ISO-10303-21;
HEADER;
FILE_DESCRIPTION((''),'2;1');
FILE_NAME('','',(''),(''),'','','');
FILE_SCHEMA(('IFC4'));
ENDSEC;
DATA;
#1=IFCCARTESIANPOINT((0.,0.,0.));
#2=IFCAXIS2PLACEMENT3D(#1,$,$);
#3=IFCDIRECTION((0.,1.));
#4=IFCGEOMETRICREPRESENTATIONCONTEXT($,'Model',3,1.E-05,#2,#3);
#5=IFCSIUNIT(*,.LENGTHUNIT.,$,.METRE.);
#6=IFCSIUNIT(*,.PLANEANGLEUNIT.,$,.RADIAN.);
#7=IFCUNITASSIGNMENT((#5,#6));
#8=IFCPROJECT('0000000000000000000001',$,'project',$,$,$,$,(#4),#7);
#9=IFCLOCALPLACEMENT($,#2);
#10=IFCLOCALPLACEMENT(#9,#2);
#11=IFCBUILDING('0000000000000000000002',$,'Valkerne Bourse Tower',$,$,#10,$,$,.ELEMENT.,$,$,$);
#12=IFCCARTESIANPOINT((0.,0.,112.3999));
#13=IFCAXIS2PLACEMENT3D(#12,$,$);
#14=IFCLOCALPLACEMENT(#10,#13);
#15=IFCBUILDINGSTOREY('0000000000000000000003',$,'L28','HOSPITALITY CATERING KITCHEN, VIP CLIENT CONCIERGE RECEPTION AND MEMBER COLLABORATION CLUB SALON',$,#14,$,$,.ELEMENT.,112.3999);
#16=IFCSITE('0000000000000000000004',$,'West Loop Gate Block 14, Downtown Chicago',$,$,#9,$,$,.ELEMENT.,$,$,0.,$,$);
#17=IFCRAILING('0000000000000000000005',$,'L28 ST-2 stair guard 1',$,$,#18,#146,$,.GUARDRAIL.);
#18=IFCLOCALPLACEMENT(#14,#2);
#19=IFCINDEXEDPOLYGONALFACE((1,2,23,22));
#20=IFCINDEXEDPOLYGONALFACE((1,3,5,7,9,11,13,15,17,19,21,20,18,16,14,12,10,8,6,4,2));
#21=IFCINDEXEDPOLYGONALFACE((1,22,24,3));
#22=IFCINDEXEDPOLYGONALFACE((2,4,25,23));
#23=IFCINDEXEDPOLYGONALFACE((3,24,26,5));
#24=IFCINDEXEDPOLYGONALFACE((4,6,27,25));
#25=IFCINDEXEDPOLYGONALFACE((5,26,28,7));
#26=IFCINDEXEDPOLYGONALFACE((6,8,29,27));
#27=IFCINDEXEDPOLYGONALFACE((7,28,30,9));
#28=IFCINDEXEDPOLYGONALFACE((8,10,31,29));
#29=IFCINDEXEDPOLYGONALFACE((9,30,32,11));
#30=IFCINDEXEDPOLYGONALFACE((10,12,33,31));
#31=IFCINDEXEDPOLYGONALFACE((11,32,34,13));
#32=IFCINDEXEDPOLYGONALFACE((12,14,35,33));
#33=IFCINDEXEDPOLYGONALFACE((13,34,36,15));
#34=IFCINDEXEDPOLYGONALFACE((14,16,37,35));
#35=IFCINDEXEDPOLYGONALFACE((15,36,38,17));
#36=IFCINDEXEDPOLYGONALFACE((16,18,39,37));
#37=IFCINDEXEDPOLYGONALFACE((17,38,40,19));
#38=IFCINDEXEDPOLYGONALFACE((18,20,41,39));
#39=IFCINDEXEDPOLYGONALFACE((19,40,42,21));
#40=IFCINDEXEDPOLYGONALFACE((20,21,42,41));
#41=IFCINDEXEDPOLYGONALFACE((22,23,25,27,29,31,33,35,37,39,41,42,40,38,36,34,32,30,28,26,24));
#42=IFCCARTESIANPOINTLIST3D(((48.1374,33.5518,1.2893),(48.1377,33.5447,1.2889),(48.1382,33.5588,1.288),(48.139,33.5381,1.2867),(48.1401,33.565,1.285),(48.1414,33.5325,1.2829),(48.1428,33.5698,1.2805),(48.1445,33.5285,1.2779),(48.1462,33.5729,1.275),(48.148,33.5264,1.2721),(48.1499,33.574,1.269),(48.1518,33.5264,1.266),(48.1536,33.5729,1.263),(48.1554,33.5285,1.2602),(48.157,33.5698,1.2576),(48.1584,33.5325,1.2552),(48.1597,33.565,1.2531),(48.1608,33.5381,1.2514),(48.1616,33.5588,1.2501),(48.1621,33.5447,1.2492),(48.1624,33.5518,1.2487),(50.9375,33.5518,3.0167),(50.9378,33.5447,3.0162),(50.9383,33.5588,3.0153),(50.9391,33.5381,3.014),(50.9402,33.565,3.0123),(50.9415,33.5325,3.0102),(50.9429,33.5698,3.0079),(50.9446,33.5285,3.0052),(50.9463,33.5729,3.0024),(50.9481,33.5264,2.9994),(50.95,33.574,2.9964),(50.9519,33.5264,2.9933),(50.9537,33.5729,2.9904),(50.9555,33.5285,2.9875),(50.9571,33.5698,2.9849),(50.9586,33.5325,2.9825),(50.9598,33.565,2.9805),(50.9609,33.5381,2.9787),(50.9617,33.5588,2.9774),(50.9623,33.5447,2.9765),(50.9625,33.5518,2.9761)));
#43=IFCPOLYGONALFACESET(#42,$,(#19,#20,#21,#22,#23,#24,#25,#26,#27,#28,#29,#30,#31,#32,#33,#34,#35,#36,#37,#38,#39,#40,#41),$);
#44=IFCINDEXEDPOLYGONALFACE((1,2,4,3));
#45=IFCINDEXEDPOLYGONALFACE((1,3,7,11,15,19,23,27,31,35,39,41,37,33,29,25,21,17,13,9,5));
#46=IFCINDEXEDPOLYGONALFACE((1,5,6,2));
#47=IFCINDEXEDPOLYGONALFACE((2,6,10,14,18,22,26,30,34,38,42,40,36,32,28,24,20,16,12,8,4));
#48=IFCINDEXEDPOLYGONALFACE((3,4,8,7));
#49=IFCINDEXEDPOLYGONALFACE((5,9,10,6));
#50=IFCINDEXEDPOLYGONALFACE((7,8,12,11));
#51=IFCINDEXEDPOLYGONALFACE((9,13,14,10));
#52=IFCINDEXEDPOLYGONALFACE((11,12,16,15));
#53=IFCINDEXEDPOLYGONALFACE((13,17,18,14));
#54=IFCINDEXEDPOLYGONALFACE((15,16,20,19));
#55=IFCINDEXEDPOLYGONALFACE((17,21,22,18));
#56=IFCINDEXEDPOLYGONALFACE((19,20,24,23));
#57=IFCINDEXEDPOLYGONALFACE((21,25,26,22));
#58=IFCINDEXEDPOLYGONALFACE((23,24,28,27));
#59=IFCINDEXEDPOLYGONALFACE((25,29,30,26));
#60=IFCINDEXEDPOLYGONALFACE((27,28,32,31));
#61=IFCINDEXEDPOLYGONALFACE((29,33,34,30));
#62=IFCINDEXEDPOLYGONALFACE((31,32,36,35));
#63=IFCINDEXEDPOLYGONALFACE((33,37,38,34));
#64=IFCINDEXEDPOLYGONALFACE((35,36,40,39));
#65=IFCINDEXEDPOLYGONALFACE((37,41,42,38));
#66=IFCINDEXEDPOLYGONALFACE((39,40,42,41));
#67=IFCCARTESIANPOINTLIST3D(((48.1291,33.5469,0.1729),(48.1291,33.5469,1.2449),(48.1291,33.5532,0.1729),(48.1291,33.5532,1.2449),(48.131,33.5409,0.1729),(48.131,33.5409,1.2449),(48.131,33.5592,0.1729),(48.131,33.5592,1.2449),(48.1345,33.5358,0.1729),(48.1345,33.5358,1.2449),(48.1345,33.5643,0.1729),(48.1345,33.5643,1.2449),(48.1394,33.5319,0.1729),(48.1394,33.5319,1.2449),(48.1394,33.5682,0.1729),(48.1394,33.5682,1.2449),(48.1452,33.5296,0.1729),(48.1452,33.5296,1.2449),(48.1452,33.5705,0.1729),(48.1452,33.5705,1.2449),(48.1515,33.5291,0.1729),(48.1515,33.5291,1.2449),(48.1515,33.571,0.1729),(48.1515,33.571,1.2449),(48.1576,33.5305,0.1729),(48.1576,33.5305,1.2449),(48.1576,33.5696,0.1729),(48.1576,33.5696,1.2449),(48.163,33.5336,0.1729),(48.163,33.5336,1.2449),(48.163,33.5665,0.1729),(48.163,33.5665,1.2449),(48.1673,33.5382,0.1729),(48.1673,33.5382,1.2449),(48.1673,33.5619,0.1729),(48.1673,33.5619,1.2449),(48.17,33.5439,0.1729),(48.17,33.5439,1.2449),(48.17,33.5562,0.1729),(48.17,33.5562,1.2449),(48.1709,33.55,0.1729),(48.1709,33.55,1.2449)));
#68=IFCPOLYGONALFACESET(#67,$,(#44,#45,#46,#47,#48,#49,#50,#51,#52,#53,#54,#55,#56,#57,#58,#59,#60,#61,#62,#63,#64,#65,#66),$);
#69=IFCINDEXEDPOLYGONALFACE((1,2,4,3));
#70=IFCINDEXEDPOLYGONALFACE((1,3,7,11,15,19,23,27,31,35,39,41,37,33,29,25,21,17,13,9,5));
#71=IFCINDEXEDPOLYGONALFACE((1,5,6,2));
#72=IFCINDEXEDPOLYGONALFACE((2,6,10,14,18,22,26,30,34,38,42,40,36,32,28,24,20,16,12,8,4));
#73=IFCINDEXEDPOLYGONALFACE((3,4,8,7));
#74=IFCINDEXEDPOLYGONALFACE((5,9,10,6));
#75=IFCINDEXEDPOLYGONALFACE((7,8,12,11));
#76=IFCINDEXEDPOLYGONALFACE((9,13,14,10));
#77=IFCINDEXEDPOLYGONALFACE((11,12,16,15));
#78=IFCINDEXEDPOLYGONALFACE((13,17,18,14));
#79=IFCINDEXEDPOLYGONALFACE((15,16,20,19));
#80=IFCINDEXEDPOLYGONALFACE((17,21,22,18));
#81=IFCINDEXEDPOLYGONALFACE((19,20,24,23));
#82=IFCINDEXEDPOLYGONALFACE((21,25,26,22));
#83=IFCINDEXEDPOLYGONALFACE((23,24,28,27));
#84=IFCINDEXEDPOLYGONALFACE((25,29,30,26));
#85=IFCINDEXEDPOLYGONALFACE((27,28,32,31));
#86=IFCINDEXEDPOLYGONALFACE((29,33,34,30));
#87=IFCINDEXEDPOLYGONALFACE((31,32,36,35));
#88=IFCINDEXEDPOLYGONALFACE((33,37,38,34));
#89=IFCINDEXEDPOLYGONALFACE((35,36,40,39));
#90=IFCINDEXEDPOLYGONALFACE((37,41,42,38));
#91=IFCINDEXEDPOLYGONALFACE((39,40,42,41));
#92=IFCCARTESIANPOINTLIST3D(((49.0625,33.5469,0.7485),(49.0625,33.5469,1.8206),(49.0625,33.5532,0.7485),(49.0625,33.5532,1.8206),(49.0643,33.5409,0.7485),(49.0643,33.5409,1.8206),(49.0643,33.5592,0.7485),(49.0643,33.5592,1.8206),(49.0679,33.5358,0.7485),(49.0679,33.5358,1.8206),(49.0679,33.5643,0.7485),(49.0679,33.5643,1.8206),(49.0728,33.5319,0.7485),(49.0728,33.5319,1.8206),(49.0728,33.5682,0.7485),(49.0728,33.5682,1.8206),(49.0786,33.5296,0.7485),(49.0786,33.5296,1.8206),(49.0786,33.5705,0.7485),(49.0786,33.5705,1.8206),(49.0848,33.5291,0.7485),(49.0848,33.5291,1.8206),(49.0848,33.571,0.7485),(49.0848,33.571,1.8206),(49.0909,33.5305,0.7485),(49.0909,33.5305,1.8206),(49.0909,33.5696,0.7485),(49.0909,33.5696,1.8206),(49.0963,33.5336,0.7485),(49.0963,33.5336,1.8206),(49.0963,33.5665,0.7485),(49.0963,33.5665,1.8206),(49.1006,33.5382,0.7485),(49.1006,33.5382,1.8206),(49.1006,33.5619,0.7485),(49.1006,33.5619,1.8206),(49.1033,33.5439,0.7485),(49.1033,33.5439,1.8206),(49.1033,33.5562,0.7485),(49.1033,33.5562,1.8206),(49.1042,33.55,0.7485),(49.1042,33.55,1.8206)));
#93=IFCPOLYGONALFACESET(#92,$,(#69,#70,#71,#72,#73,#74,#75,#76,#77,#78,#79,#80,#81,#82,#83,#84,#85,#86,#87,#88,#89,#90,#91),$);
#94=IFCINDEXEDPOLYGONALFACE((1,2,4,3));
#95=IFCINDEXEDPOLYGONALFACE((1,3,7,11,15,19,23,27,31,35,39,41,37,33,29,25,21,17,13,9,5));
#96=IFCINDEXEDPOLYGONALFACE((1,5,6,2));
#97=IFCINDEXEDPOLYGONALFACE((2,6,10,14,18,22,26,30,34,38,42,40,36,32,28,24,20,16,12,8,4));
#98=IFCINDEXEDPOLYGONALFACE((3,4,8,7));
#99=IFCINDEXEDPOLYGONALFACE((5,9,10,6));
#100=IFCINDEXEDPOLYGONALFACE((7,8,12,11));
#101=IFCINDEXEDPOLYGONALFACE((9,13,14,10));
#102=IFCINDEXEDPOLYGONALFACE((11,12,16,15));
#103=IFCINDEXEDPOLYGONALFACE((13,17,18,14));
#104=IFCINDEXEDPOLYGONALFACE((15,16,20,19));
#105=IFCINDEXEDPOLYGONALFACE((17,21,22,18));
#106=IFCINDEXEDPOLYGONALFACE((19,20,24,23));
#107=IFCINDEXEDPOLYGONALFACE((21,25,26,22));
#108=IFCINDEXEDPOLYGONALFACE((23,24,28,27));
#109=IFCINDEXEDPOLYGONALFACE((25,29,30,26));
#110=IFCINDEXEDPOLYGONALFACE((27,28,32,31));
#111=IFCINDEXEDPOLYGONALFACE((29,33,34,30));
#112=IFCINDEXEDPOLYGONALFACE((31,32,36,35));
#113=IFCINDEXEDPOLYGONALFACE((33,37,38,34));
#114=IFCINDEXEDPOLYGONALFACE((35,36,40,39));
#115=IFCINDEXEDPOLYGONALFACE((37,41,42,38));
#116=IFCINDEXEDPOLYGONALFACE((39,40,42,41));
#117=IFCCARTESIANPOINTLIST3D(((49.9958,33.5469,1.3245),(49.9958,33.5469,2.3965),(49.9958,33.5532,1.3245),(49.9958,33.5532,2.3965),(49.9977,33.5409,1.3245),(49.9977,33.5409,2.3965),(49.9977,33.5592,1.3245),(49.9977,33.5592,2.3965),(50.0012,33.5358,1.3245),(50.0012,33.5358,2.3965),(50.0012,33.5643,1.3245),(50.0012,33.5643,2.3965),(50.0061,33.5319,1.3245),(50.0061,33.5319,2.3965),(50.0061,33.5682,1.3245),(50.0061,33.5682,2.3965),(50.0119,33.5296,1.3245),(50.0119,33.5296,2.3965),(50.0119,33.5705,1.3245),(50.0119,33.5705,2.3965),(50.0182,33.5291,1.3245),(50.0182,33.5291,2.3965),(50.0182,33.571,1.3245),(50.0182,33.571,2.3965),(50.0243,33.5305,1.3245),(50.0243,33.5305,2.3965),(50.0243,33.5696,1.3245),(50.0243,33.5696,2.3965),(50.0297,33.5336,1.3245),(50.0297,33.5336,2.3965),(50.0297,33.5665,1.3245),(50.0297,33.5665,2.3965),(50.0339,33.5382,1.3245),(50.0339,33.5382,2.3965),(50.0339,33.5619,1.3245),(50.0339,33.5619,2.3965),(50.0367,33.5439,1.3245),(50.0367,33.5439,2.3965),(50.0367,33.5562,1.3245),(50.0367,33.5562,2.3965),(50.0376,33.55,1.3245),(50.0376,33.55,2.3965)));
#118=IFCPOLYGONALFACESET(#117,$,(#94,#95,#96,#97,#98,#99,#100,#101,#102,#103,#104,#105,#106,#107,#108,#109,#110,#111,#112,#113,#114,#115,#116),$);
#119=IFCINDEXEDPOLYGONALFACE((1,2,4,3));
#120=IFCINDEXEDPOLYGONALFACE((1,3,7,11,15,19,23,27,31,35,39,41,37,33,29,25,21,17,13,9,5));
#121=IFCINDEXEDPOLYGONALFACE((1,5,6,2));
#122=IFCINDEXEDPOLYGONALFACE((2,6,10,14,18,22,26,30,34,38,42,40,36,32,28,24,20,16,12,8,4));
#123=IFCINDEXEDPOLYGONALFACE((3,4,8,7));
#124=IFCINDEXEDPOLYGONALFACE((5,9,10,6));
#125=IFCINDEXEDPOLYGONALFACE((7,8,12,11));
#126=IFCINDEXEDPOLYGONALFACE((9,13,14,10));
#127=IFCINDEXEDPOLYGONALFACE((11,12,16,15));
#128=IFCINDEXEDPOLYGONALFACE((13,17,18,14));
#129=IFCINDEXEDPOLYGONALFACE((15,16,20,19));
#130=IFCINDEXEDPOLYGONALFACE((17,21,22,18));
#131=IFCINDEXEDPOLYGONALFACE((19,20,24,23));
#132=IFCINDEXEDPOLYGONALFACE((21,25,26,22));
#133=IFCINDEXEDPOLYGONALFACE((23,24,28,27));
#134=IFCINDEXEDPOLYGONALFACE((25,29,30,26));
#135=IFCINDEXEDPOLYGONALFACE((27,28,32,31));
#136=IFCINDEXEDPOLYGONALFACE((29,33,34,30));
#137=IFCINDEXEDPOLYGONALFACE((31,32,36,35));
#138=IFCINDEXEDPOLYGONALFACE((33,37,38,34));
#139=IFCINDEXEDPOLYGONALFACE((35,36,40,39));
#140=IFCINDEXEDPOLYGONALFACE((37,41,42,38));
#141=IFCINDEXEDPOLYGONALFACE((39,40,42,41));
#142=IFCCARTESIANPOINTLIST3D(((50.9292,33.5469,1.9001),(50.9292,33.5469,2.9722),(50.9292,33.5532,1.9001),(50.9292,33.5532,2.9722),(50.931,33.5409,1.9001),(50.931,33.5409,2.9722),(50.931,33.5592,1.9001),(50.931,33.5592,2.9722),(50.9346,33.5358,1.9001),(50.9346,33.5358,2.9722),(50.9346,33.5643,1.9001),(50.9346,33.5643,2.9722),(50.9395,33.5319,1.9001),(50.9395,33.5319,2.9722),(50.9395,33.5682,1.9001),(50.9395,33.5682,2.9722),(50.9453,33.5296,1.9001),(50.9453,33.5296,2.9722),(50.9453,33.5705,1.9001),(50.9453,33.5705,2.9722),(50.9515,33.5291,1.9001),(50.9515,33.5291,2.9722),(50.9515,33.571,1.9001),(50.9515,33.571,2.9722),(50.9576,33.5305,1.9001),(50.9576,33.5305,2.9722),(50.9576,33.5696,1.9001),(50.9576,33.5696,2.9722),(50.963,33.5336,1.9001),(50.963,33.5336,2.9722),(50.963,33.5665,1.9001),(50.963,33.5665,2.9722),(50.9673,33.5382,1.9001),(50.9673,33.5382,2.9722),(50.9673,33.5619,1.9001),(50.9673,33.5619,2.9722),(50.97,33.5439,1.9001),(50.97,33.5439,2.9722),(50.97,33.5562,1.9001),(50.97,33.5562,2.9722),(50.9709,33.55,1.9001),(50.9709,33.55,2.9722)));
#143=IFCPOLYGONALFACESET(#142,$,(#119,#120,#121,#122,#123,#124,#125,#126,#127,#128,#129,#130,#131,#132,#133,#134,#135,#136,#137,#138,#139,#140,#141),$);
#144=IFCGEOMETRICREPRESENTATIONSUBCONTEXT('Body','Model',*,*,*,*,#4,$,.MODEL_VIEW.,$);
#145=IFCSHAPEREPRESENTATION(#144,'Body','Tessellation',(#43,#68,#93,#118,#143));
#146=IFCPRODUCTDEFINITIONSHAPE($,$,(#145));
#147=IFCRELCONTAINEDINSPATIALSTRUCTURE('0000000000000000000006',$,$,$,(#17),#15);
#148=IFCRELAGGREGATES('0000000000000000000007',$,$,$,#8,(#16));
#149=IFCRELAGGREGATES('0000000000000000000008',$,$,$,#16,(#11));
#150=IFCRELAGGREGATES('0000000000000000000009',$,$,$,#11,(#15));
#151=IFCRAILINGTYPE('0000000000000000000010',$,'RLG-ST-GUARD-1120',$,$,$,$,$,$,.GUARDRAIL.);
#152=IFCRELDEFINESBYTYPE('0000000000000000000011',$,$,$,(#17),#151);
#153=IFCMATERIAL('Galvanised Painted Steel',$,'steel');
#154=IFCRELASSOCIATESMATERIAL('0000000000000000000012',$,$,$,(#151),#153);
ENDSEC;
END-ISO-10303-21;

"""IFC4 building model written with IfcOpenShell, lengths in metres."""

from ifc_helpers import new_model, si_unit, direction, frame, origin, origin_2d, place, context, subcontext, project, spatial, circle, extrude, material, type_object, element, save


model = new_model("IFC4")

# Units and contexts
model_context = context("Model", 3, precision=1e-05, world=origin(), true_north=direction((0.0, 1.0)))
body_context = subcontext(model_context, "Body", "Model", "MODEL_VIEW")
ifc_project = project(units=[si_unit("LENGTHUNIT", "METRE"), si_unit("PLANEANGLEUNIT", "RADIAN")], contexts=[model_context])

# Site, building, storey
site_placement = place(None, origin())
site = spatial("IfcSite", under=ifc_project, at=site_placement, Name="West Loop Gate Block 14, Downtown Chicago", CompositionType="ELEMENT", RefElevation=0.0)
building_placement = place(site_placement, origin())
building = spatial("IfcBuilding", under=site, at=building_placement, Name="Valkerne Bourse Tower", CompositionType="ELEMENT")
storey_placement = place(building_placement, frame((0.0, 0.0, 112.3999)))
storey = spatial("IfcBuildingStorey", under=building, at=storey_placement, Name="L28", Description="HOSPITALITY CATERING KITCHEN, VIP CLIENT CONCIERGE RECEPTION AND MEMBER COLLABORATION CLUB SALON", CompositionType="ELEMENT", Elevation=112.3999)

# Shared definitions
ifc_material_1 = material(Name="Galvanised Painted Steel", Category="steel")

# Railing
railing_type_1 = type_object("IfcRailingType", Name="RLG-ST-GUARD-1120", PredefinedType="GUARDRAIL", material=ifc_material_1)
railing_1_placement = place(storey_placement, frame((48.1499, 33.55, 0.1729)))
element("IfcRailing", 1, at=railing_1_placement, inside=storey, type_object=railing_type_1, Name="L28 ST-2 stair guard 1", PredefinedType="GUARDRAIL", context=body_context, shape_type="SweptSolid", body=[
    extrude(circle(Radius=0.0239, at=origin_2d()), frame((0.0, 0.0, 1.0962), z_axis=(0.85109, 0.0, 0.52502), x_axis=(0.0, 1.0, 0.0)), (0.0, 0.0, 1.0), 3.29),
    extrude(circle(Radius=0.021, at=origin_2d()), origin(), (0.0, 0.0, 1.0), 1.072),
    extrude(circle(Radius=0.021, at=origin_2d()), frame((0.9333, 0.0, 0.5757)), (0.0, 0.0, 1.0), 1.072),
    extrude(circle(Radius=0.021, at=origin_2d()), frame((1.8667, 0.0, 1.1516)), (0.0, 0.0, 1.0), 1.072),
    extrude(circle(Radius=0.021, at=origin_2d()), frame((2.8, 0.0, 1.7273)), (0.0, 0.0, 1.0), 1.072),
])

save(model, "model.ifc")
